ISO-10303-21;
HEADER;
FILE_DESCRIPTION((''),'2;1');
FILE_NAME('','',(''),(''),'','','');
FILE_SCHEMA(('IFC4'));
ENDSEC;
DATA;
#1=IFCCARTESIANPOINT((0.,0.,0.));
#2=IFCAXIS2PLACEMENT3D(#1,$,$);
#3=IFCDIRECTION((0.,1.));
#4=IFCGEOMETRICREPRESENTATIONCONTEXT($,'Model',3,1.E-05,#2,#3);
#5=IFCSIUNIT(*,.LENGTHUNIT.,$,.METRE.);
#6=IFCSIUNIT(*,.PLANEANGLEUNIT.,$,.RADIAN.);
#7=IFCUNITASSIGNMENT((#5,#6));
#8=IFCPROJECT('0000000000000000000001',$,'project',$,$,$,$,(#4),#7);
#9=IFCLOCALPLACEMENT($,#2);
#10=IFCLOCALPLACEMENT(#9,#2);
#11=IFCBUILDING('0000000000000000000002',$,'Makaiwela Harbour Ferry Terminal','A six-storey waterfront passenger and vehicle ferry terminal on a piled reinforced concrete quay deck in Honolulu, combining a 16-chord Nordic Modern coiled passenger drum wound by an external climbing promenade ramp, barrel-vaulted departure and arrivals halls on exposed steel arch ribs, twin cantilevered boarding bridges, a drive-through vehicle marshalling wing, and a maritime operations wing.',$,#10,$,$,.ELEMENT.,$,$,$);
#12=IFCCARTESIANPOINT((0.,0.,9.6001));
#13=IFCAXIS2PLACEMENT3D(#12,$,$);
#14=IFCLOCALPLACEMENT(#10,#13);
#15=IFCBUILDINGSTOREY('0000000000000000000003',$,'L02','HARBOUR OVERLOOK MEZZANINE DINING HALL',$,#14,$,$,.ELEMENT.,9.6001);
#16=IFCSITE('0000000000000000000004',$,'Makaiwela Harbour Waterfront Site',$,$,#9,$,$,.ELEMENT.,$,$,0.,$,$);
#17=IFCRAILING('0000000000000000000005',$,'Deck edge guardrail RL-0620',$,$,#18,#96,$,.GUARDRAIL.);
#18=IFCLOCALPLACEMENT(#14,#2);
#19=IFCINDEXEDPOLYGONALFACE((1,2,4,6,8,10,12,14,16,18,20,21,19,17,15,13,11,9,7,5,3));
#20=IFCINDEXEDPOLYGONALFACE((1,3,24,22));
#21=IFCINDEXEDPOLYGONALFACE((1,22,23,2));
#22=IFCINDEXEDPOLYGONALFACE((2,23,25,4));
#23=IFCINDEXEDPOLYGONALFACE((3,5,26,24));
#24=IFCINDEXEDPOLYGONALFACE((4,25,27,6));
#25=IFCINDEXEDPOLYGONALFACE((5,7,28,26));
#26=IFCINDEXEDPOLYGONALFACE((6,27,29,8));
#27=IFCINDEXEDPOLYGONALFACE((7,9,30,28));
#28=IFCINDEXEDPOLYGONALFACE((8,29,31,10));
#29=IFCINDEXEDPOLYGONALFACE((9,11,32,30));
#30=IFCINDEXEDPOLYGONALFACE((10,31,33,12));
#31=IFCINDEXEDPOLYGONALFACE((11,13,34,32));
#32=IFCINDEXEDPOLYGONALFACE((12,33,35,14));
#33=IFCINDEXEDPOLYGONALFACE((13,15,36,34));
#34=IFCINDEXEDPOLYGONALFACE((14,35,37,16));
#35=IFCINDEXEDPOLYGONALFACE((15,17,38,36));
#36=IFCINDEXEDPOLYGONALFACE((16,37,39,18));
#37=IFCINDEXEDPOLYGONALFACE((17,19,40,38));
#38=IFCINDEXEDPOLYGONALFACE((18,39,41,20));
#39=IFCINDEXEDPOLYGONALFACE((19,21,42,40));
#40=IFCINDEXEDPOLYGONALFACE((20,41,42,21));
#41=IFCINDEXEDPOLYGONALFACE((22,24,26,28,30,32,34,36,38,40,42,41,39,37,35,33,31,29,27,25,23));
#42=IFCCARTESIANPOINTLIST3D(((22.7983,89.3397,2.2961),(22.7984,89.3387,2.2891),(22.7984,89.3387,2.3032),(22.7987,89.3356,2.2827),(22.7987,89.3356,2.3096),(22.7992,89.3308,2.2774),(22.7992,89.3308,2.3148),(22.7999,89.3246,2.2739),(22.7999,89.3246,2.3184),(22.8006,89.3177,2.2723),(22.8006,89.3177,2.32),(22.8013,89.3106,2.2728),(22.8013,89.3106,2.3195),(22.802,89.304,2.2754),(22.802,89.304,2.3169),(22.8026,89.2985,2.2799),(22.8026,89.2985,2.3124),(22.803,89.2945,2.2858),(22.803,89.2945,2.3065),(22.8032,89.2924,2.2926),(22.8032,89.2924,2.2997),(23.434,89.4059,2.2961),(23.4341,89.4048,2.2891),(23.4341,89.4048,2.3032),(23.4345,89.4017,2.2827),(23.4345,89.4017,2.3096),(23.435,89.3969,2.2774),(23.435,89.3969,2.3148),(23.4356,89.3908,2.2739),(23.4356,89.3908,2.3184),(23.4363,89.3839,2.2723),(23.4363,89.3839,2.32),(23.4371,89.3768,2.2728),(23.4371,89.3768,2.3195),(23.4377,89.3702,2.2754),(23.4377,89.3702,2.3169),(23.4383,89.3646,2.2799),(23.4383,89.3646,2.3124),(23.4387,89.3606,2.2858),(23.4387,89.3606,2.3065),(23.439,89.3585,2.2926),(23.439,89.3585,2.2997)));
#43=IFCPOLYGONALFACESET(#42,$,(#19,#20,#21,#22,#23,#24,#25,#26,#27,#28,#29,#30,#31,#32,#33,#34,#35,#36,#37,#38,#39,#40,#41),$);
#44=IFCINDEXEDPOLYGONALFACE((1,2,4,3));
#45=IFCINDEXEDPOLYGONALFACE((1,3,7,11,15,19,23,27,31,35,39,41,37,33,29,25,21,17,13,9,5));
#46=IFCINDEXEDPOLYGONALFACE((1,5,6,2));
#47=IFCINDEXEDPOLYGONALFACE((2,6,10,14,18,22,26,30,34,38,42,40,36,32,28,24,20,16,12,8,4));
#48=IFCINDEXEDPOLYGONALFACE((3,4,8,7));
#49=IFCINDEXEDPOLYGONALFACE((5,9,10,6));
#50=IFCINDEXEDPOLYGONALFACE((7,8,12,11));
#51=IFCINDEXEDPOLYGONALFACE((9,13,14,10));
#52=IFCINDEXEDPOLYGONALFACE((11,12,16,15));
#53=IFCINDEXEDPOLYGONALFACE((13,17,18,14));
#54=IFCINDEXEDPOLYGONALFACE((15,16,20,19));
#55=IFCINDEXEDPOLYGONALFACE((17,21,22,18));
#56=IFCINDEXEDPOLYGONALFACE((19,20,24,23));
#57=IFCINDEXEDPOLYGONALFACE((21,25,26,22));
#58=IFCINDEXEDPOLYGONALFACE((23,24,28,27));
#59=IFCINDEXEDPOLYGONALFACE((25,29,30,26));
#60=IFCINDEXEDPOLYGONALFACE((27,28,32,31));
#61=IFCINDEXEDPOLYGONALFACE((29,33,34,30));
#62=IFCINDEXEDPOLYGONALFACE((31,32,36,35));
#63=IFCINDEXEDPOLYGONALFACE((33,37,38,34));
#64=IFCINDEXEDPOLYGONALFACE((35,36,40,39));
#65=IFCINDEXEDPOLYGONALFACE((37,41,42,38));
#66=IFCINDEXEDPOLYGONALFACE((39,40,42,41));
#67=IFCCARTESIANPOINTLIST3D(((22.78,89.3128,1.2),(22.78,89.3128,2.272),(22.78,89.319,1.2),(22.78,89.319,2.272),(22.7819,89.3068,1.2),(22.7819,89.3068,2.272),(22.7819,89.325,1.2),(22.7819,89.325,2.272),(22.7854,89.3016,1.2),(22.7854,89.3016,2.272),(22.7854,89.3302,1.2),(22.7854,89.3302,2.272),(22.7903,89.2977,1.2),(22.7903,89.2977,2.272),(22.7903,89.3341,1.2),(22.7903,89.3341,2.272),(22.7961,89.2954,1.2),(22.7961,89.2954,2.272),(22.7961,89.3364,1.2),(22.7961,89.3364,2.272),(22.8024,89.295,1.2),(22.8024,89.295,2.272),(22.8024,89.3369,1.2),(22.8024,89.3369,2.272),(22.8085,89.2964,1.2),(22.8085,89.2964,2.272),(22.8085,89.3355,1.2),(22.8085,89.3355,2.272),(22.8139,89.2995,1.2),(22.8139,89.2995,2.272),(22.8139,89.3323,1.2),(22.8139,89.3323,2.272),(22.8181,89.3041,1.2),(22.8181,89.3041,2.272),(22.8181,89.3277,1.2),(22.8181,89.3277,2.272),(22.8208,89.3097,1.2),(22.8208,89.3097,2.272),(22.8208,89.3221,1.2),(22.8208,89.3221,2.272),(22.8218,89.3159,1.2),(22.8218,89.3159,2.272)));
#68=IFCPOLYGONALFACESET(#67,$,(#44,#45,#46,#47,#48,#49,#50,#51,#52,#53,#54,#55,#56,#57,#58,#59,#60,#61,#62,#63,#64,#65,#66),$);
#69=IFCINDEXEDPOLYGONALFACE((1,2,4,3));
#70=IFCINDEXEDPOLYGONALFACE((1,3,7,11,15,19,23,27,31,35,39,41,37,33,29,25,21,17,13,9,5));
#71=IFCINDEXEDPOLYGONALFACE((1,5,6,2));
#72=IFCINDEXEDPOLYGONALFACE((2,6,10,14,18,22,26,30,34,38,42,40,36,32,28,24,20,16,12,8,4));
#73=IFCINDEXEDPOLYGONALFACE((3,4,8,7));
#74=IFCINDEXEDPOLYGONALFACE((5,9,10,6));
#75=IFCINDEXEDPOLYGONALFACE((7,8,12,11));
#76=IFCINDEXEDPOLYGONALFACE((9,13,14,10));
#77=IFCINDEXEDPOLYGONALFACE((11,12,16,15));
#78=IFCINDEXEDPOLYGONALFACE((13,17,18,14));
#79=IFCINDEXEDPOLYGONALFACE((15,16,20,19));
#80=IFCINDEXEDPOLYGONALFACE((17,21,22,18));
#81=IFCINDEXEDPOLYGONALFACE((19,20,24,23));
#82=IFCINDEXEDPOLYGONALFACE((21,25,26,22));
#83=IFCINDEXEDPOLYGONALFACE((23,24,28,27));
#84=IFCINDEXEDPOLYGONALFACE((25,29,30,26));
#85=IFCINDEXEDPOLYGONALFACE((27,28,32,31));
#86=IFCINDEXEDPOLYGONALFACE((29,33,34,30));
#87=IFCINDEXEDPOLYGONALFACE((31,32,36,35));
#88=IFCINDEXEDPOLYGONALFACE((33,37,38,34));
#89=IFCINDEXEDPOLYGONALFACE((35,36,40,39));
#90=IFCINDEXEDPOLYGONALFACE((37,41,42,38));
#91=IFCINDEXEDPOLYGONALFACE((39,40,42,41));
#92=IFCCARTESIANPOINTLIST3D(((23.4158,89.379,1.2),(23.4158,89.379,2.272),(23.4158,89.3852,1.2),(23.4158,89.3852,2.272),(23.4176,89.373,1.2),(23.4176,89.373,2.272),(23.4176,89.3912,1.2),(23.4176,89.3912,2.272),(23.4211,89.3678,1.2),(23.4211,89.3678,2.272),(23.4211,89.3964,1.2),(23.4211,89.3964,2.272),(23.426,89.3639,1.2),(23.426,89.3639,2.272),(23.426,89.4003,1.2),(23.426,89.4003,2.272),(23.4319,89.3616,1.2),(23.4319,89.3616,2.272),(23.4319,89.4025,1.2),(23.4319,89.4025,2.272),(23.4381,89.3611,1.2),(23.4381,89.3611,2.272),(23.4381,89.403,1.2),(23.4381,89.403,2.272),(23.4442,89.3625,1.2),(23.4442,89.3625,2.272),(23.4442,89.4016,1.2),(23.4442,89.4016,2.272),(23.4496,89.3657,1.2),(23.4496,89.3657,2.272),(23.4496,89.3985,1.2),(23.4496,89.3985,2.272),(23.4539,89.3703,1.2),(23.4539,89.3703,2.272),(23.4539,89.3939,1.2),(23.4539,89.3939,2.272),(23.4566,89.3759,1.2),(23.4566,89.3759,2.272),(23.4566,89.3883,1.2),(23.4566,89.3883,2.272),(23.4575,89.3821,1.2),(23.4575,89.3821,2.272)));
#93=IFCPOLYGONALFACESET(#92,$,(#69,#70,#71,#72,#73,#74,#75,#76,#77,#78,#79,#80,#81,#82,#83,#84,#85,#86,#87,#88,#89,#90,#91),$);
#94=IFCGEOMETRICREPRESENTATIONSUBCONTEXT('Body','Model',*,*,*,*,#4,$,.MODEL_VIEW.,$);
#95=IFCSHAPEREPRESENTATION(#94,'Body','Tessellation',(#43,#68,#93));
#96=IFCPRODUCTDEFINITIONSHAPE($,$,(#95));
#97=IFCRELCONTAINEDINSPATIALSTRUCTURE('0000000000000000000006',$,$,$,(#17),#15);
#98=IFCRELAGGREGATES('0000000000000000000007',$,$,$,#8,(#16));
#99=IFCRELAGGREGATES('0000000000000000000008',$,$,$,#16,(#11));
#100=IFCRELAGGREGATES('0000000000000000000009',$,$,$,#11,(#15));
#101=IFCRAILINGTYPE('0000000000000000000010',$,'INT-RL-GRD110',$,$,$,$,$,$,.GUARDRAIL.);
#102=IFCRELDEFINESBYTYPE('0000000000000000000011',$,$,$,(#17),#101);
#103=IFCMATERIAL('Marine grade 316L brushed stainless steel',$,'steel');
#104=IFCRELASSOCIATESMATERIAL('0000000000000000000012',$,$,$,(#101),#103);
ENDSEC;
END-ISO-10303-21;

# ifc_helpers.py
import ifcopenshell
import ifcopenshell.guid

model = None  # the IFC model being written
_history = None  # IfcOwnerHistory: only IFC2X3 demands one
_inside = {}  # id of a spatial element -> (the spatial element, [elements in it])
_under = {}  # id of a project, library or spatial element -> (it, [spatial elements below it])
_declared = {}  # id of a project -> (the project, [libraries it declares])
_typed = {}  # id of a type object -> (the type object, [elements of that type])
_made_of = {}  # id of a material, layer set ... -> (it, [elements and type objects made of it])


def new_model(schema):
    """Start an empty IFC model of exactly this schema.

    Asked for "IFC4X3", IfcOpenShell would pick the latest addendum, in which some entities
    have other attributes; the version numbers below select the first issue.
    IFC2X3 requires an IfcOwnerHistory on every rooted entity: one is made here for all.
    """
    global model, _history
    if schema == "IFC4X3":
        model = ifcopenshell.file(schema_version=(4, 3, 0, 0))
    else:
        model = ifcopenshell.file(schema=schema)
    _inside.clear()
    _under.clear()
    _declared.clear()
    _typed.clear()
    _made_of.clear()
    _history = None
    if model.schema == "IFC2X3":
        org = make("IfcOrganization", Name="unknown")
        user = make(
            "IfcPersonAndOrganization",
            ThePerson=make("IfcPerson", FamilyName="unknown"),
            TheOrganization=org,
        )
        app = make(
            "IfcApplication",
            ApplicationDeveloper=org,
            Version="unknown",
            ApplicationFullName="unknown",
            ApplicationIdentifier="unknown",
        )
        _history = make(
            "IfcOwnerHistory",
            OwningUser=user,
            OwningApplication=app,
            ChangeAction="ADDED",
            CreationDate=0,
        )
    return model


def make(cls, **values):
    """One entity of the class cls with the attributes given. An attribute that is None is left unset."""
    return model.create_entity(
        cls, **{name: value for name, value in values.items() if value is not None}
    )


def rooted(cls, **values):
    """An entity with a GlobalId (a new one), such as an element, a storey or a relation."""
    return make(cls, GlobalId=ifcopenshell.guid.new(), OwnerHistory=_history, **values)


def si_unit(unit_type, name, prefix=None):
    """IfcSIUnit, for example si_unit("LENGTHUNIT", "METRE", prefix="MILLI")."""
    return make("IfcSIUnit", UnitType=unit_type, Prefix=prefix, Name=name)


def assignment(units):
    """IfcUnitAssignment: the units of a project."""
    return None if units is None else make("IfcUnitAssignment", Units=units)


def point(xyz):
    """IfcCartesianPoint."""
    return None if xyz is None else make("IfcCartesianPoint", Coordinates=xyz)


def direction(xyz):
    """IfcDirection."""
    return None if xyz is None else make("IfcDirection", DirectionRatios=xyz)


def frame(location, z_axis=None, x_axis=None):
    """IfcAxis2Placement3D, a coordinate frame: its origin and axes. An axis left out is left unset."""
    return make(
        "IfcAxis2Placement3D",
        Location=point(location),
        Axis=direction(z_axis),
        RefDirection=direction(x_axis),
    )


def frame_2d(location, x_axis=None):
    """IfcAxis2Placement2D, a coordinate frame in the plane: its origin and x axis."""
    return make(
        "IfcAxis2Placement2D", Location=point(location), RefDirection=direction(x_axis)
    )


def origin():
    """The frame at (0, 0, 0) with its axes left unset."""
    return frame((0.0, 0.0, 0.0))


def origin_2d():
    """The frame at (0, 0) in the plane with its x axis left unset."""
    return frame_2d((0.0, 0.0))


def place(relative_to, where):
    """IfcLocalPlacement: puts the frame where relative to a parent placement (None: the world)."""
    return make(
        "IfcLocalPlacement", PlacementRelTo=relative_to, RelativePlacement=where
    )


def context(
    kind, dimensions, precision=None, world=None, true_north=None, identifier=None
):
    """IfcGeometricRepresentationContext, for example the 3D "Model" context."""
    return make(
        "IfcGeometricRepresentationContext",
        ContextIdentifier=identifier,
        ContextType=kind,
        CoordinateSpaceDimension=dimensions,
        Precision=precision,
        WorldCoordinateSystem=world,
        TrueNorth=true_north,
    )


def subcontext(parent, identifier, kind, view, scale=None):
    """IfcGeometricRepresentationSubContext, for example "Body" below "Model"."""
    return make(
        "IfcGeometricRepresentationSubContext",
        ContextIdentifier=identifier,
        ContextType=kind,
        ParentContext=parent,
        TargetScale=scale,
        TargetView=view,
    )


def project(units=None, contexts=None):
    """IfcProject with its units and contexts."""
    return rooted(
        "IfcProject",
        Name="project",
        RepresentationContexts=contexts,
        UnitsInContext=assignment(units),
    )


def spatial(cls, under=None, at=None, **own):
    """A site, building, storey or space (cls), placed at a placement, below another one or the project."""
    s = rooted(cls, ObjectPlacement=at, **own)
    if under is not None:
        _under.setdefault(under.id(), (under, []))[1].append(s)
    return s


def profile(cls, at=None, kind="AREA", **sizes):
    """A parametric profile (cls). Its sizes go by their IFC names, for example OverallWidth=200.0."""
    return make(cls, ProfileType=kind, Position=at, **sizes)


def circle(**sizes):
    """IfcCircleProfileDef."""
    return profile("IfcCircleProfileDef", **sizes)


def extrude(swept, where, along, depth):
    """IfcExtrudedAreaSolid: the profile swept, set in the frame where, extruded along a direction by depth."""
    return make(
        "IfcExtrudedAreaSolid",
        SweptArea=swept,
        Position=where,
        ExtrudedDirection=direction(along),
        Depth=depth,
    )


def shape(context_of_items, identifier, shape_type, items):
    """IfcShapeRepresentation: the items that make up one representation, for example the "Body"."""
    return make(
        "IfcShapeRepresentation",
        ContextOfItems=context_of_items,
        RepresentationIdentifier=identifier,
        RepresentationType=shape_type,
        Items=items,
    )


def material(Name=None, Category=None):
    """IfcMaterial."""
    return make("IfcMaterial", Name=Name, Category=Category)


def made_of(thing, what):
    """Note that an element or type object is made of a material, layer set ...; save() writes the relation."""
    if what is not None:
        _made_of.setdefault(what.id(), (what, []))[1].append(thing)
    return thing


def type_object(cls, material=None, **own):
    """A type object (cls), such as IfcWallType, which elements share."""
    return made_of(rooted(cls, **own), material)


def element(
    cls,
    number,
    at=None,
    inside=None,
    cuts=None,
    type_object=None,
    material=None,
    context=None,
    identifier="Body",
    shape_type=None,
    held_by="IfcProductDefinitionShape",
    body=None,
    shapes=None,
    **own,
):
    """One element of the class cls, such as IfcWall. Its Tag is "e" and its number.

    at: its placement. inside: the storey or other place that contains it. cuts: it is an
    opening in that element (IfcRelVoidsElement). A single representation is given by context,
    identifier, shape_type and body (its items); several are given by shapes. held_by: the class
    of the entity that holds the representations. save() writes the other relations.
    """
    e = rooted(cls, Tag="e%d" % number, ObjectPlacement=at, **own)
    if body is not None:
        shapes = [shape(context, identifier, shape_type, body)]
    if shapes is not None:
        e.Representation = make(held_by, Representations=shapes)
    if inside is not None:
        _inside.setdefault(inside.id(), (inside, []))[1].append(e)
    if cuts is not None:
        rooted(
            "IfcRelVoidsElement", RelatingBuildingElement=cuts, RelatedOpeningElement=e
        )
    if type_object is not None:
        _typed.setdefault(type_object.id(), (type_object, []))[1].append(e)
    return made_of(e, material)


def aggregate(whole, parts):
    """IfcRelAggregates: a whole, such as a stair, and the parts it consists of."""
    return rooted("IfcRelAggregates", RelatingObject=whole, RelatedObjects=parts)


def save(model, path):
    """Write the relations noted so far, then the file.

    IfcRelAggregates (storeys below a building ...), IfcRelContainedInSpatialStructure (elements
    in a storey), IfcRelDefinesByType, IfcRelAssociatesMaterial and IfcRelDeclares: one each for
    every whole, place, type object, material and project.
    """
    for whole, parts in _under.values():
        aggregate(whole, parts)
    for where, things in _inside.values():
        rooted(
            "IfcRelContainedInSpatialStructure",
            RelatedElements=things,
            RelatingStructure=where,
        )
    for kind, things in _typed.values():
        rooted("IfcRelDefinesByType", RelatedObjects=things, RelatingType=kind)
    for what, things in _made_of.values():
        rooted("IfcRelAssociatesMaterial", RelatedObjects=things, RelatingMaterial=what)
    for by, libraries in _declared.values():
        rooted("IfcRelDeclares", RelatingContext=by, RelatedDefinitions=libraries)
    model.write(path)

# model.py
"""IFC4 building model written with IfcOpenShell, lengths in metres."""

from ifc_helpers import new_model, si_unit, direction, frame, origin, origin_2d, place, context, subcontext, project, spatial, circle, extrude, material, type_object, element, save


model = new_model("IFC4")

# Units and contexts
model_context = context("Model", 3, precision=1e-05, world=origin(), true_north=direction((0.0, 1.0)))
body_context = subcontext(model_context, "Body", "Model", "MODEL_VIEW")
ifc_project = project(units=[si_unit("LENGTHUNIT", "METRE"), si_unit("PLANEANGLEUNIT", "RADIAN")], contexts=[model_context])

# Site, building, storey
site_placement = place(None, origin())
site = spatial("IfcSite", under=ifc_project, at=site_placement, Name="Makaiwela Harbour Waterfront Site", CompositionType="ELEMENT", RefElevation=0.0)
building_placement = place(site_placement, origin())
building = spatial("IfcBuilding", under=site, at=building_placement, Name="Makaiwela Harbour Ferry Terminal", Description="A six-storey waterfront passenger and vehicle ferry terminal on a piled reinforced concrete quay deck in Honolulu, combining a 16-chord Nordic Modern coiled passenger drum wound by an external climbing promenade ramp, barrel-vaulted departure and arrivals halls on exposed steel arch ribs, twin cantilevered boarding bridges, a drive-through vehicle marshalling wing, and a maritime operations wing.", CompositionType="ELEMENT")
storey_placement = place(building_placement, frame((0.0, 0.0, 9.6001)))
storey = spatial("IfcBuildingStorey", under=building, at=storey_placement, Name="L02", Description="HARBOUR OVERLOOK MEZZANINE DINING HALL", CompositionType="ELEMENT", Elevation=9.6001)

# Railing
ifc_material_1 = material(Name="Marine grade 316L brushed stainless steel", Category="steel")
railing_type_1 = type_object("IfcRailingType", Name="INT-RL-GRD110", PredefinedType="GUARDRAIL", material=ifc_material_1)
railing_1_placement = place(storey_placement, frame((22.8008, 89.3159, 1.2)))
element("IfcRailing", 1, at=railing_1_placement, inside=storey, type_object=railing_type_1, Name="Deck edge guardrail RL-0620", PredefinedType="GUARDRAIL", context=body_context, shape_type="SweptSolid", body=[
    extrude(circle(Radius=0.0239, at=origin_2d()), frame((0.0, 0.0, 1.0962), z_axis=(0.994628, 0.103512, 0.0), x_axis=(-0.103512, 0.994628, 0.0)), (0.0, 0.0, 1.0), 0.6392),
    extrude(circle(Radius=0.021, at=origin_2d()), origin(), (0.0, 0.0, 1.0), 1.072),
    extrude(circle(Radius=0.021, at=origin_2d()), frame((0.6357, 0.0662, 0.0)), (0.0, 0.0, 1.0), 1.072),
])

save(model, "model.ifc")
